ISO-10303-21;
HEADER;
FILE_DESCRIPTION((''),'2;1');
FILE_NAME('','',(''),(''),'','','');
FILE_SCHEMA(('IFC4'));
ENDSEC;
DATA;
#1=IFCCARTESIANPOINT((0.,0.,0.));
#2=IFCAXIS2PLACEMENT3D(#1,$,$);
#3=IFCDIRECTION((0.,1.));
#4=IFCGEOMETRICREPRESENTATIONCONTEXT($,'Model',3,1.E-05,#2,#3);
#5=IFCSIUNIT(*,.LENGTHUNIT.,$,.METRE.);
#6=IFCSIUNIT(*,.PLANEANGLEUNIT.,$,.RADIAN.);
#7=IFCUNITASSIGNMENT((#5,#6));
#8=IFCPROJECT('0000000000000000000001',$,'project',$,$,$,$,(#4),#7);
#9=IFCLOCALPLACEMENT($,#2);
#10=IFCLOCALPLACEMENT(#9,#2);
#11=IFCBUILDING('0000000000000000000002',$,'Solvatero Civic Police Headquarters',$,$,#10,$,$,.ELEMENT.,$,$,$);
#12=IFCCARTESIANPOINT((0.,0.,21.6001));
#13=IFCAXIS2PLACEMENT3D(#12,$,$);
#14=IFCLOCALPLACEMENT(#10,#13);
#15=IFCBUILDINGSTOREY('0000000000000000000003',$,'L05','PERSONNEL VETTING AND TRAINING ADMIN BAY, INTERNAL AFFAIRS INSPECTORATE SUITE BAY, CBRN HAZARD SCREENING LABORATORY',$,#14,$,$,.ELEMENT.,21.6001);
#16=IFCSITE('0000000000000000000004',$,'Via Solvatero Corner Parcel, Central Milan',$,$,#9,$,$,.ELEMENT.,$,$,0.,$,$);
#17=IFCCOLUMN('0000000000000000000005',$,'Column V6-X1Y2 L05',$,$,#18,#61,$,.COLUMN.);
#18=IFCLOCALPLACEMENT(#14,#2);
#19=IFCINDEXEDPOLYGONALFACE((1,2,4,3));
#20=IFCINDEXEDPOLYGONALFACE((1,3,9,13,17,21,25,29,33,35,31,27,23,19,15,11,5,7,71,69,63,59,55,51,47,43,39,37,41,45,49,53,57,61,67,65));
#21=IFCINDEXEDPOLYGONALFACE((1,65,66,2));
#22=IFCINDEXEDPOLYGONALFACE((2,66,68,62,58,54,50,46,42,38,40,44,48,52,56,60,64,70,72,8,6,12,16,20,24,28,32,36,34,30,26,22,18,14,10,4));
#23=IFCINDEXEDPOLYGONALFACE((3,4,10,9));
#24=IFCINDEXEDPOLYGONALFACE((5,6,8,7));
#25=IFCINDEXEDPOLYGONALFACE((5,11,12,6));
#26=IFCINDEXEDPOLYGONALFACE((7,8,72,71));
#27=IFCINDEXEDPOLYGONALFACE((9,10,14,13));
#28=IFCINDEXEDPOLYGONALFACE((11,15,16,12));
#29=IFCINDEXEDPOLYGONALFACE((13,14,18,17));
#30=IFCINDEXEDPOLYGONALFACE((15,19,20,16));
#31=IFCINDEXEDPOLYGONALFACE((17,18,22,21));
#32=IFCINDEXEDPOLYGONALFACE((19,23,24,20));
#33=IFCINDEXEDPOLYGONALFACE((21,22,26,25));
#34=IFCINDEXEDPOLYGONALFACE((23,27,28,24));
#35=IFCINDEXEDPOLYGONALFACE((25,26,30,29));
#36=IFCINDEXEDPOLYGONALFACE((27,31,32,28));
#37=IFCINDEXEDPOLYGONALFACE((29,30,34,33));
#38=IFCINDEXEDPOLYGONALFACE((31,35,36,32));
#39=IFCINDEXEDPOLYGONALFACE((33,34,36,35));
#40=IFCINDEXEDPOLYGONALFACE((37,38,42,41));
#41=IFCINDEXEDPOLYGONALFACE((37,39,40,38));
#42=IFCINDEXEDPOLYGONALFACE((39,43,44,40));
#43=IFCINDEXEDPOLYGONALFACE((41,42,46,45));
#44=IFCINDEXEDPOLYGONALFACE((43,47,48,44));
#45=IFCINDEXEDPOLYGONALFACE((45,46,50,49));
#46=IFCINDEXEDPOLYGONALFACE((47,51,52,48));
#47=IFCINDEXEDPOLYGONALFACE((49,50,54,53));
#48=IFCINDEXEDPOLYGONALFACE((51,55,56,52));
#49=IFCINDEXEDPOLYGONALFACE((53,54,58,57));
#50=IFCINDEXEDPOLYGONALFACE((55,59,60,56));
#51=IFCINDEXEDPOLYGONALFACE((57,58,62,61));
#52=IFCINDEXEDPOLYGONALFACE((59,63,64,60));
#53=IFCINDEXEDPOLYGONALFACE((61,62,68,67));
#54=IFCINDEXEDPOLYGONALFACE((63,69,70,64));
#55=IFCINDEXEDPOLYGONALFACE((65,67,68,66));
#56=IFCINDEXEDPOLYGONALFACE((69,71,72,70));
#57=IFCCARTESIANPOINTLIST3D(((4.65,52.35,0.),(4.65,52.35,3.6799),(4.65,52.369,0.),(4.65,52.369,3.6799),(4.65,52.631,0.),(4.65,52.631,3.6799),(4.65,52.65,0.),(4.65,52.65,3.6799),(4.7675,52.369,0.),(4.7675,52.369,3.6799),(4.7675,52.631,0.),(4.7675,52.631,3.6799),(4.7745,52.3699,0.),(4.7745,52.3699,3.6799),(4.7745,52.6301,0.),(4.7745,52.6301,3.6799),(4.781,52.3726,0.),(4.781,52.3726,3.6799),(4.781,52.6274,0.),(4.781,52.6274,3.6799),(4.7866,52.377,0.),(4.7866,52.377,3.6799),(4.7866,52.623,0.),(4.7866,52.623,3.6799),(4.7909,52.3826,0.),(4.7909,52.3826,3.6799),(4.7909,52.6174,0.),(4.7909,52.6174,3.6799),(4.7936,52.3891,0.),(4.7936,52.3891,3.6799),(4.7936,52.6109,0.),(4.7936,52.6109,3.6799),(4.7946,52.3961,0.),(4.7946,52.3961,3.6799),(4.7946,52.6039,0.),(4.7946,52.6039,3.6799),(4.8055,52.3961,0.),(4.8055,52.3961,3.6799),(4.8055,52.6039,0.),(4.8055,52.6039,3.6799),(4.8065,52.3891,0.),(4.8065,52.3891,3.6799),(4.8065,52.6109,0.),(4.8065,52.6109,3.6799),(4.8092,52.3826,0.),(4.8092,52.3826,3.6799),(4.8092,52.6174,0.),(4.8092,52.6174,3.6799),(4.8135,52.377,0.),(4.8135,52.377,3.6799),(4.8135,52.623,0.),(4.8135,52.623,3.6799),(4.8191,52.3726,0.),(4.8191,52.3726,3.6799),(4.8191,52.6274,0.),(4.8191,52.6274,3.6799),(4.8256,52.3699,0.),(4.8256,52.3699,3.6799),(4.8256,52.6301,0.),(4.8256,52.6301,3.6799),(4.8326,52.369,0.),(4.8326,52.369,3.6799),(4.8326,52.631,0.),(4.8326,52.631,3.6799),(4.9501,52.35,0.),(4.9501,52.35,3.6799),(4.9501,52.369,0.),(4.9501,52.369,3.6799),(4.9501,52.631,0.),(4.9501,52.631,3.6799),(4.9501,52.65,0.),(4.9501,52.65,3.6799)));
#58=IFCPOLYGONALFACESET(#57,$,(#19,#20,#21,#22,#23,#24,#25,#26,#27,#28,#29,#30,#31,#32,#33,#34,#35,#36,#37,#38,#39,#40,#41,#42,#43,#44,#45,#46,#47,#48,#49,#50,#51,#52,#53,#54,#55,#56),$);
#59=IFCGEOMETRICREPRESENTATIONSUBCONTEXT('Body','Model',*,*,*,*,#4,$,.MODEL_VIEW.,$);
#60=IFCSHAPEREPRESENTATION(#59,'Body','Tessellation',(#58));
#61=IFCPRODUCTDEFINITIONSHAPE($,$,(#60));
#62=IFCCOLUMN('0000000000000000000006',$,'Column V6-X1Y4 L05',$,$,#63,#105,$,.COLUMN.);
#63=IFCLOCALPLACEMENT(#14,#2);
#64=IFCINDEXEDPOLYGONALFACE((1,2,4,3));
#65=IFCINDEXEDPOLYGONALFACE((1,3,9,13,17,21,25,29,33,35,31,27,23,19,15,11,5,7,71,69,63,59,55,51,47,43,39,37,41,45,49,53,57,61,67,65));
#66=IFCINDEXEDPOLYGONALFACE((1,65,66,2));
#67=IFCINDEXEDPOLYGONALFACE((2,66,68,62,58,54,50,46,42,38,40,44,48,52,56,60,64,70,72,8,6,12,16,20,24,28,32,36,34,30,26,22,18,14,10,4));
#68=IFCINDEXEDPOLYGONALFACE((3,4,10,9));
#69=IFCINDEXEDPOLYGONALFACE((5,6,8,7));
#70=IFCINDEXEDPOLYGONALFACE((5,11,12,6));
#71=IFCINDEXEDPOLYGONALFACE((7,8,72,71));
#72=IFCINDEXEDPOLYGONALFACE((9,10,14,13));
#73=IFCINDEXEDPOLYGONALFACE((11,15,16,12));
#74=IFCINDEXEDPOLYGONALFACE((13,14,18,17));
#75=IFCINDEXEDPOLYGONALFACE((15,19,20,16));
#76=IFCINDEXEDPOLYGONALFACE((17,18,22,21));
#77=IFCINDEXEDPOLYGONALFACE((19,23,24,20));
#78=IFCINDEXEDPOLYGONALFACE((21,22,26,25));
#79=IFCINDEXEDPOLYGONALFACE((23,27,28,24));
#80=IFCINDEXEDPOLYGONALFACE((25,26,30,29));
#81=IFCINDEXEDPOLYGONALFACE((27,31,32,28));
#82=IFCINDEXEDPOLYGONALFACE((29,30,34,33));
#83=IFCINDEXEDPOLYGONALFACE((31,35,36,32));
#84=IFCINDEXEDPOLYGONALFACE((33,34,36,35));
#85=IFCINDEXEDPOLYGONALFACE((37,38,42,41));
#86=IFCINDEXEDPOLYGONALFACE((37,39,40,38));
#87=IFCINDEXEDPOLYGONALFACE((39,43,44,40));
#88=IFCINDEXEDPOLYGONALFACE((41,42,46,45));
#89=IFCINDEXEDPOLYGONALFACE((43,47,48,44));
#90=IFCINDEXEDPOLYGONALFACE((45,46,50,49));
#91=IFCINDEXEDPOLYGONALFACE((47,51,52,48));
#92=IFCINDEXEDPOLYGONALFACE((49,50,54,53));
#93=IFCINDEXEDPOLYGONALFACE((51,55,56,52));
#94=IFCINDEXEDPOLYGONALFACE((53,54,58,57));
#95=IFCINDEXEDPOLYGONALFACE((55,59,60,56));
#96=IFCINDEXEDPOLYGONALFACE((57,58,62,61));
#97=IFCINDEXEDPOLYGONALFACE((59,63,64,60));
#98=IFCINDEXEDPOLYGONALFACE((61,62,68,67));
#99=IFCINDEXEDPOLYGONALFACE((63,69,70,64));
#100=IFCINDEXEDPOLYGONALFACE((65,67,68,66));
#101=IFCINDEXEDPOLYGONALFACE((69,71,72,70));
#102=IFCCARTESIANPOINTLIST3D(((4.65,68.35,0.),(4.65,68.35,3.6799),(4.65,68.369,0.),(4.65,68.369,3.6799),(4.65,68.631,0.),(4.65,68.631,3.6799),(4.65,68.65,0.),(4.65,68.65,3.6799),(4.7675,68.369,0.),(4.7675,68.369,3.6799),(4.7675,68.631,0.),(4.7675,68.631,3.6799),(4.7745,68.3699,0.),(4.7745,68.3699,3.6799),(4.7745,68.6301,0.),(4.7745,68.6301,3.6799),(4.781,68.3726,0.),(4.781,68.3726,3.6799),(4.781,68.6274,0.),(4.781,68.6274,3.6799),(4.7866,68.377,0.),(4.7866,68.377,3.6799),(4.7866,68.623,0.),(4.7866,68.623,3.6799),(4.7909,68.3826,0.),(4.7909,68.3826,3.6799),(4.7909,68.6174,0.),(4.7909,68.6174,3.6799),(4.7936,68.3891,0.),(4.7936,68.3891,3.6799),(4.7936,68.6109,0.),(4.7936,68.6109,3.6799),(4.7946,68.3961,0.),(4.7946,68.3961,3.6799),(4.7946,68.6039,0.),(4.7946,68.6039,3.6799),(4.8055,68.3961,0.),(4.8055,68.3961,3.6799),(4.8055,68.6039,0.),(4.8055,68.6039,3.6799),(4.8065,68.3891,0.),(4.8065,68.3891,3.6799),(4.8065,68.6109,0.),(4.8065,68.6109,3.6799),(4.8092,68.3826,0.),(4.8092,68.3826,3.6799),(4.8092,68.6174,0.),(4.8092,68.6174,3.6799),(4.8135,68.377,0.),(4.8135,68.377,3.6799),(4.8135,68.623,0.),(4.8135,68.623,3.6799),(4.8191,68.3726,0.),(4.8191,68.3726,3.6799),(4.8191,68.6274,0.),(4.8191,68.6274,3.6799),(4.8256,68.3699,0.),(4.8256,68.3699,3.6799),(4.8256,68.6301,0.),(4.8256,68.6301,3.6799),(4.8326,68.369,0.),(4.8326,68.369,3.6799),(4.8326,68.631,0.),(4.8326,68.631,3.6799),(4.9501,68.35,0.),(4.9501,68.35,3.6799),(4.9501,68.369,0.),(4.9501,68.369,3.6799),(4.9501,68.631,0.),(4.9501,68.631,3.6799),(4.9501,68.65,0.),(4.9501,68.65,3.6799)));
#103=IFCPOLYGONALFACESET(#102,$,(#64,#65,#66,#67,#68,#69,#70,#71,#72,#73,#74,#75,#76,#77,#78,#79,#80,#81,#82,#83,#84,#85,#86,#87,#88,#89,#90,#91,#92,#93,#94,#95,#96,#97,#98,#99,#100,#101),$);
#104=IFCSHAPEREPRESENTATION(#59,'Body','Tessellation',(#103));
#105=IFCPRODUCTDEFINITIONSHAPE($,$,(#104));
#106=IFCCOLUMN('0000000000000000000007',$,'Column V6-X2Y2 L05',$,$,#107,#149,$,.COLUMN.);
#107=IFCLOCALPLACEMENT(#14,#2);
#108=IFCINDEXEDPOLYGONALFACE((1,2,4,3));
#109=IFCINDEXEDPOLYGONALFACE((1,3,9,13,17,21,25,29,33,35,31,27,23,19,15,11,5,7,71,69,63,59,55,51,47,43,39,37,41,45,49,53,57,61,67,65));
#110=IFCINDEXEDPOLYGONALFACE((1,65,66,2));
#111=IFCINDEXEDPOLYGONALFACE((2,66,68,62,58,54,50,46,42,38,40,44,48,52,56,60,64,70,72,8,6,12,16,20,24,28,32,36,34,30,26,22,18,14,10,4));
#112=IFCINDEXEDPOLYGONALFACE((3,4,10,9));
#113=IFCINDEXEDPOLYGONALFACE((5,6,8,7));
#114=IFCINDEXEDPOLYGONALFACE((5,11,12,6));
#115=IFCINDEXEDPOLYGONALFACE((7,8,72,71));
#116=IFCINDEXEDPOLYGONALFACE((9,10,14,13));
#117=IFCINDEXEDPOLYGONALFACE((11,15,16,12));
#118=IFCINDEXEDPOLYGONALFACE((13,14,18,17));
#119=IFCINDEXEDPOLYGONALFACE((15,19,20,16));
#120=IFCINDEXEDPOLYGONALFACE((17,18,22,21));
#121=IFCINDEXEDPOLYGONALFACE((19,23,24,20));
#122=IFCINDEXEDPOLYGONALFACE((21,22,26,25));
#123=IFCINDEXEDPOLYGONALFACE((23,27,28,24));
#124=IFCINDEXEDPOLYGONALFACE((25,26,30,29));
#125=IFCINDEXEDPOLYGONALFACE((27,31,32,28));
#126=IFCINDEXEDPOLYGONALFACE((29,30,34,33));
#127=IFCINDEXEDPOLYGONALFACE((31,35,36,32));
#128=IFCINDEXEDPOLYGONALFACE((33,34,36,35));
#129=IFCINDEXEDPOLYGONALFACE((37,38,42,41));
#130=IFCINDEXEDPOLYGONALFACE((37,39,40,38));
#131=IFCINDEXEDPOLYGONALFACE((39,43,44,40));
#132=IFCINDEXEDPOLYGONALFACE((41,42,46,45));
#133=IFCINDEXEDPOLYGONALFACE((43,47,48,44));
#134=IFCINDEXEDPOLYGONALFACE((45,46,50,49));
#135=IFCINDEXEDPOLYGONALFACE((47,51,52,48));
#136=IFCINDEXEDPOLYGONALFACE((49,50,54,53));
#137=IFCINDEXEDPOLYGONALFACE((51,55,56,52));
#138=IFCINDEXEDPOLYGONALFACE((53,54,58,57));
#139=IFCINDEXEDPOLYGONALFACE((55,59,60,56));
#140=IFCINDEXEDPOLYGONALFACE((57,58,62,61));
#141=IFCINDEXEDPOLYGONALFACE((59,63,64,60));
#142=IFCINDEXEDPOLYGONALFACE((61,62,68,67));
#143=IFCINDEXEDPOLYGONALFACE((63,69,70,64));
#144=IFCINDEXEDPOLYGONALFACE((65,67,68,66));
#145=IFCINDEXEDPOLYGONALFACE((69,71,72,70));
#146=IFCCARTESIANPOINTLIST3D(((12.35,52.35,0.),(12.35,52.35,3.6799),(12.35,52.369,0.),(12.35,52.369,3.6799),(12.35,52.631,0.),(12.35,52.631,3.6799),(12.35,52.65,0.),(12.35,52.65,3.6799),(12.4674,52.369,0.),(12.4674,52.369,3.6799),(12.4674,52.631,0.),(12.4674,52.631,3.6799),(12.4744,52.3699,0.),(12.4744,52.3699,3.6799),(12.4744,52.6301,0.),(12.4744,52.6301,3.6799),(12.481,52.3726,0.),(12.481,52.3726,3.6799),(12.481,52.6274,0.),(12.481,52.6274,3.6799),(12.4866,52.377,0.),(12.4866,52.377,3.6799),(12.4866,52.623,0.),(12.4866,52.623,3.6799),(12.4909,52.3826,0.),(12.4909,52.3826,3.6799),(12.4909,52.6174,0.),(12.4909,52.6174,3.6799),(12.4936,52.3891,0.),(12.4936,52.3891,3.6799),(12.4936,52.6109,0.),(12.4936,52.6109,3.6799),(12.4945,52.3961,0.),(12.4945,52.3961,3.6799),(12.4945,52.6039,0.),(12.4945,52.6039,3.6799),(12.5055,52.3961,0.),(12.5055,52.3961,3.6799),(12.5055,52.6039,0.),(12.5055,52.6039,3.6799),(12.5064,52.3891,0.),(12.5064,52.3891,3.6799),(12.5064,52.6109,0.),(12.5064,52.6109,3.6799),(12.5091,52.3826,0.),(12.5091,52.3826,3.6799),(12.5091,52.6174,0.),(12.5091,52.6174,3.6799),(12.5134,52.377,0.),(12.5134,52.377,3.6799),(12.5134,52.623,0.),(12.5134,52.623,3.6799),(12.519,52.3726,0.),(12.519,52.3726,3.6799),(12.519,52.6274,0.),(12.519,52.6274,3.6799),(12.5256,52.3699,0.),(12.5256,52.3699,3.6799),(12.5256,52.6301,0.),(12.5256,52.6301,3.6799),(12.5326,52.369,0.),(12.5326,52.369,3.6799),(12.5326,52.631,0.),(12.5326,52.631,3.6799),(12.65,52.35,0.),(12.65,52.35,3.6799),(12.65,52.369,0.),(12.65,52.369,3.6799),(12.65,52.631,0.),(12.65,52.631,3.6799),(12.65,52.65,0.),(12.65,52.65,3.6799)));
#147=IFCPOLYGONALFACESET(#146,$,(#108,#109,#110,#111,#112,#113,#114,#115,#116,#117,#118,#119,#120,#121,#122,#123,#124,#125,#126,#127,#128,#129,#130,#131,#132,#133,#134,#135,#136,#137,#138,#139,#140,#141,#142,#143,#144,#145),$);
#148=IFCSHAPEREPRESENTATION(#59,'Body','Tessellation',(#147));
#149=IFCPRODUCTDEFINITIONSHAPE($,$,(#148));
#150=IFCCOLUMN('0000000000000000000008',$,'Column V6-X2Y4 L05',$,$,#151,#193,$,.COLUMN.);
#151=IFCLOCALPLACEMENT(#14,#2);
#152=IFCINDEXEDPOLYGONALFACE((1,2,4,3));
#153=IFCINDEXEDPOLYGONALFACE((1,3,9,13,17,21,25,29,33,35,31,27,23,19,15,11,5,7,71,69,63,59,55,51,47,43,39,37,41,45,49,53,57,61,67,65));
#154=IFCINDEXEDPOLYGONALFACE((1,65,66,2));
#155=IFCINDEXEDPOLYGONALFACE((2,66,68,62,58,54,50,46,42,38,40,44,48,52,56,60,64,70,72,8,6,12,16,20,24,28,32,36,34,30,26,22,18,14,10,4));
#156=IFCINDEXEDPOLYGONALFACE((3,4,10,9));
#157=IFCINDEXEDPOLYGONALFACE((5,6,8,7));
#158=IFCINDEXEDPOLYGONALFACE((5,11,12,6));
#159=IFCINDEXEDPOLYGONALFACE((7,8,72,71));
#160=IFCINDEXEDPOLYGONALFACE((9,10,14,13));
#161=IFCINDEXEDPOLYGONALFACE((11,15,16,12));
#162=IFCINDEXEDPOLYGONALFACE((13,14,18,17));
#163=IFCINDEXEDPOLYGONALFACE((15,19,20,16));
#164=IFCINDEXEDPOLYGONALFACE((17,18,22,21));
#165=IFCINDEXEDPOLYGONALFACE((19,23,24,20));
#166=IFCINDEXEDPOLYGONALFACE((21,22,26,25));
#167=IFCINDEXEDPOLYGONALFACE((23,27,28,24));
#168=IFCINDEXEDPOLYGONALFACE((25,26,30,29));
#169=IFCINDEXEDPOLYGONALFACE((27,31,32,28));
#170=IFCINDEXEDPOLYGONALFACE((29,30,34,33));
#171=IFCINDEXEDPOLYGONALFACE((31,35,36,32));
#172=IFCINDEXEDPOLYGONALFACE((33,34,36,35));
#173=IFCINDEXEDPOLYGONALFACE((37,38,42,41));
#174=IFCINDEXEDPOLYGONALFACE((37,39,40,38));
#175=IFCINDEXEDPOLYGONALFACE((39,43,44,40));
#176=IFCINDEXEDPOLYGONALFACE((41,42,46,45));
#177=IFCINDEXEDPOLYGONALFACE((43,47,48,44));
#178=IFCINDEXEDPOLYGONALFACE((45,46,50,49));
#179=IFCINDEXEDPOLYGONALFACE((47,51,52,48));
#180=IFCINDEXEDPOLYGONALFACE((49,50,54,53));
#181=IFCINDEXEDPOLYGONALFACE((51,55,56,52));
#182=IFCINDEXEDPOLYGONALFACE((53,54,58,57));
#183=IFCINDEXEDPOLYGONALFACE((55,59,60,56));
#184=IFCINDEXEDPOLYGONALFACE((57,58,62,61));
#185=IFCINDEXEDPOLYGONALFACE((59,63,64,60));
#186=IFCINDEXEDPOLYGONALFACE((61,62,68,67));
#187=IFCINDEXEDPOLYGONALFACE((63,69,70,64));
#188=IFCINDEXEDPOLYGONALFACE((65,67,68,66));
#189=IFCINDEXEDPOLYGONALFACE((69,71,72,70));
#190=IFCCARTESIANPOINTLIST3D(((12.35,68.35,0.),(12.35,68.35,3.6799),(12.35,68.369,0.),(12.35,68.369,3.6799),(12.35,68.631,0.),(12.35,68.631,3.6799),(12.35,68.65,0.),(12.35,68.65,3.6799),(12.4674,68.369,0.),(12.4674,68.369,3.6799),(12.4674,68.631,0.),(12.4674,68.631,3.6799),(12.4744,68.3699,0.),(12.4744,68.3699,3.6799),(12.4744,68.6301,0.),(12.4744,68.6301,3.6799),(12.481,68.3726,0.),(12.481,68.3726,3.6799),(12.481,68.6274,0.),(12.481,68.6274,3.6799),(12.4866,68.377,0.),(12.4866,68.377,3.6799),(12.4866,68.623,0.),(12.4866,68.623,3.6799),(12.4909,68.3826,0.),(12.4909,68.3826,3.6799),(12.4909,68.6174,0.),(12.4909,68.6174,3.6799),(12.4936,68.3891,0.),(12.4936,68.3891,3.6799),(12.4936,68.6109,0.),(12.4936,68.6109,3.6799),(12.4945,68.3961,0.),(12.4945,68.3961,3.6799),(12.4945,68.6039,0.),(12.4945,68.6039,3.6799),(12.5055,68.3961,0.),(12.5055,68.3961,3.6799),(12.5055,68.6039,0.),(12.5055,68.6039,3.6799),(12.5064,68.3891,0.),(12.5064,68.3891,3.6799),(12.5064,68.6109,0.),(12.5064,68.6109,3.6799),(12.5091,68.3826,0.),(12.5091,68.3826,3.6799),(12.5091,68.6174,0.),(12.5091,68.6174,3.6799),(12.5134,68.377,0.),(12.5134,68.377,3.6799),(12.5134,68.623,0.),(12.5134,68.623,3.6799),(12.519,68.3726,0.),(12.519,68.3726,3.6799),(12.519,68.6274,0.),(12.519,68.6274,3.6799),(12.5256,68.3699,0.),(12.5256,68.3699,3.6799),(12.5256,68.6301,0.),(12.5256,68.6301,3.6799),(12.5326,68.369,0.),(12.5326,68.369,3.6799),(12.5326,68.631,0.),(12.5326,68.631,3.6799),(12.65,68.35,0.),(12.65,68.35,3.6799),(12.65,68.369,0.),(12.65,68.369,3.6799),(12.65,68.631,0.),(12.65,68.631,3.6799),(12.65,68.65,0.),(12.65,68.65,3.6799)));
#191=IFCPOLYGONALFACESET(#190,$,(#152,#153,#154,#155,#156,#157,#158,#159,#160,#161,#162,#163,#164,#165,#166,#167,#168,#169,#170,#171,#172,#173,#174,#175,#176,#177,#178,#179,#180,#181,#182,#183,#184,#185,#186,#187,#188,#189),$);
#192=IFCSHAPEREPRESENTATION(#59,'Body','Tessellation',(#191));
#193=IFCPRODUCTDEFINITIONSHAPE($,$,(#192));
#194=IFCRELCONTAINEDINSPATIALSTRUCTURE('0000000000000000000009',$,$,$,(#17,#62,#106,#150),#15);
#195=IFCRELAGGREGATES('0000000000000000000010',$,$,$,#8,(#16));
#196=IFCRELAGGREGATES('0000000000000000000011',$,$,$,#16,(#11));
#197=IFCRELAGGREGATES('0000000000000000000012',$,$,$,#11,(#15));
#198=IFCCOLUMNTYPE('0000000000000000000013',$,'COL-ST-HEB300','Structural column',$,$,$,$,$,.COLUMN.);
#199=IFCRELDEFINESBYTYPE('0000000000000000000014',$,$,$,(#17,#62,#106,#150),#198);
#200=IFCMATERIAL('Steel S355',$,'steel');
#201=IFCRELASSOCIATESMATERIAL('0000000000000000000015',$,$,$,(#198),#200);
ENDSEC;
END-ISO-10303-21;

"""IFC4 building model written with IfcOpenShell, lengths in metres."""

from ifc_helpers import new_model, si_unit, direction, frame, origin, origin_2d, place, context, subcontext, project, spatial, i_section, extrude, material, material_profile, profile_set, type_object, element, save


model = new_model("IFC4")

# Units and contexts
model_context = context("Model", 3, precision=1e-05, world=origin(), true_north=direction((0.0, 1.0)))
body_context = subcontext(model_context, "Body", "Model", "MODEL_VIEW")
ifc_project = project(units=[si_unit("LENGTHUNIT", "METRE"), si_unit("PLANEANGLEUNIT", "RADIAN")], contexts=[model_context])

# Site, building, storey
site_placement = place(None, origin())
site = spatial("IfcSite", under=ifc_project, at=site_placement, Name="Via Solvatero Corner Parcel, Central Milan", CompositionType="ELEMENT", RefElevation=0.0)
building_placement = place(site_placement, origin())
building = spatial("IfcBuilding", under=site, at=building_placement, Name="Solvatero Civic Police Headquarters", CompositionType="ELEMENT")
storey_placement = place(building_placement, frame((0.0, 0.0, 21.6001)))
storey = spatial("IfcBuildingStorey", under=building, at=storey_placement, Name="L05", Description="PERSONNEL VETTING AND TRAINING ADMIN BAY, INTERNAL AFFAIRS INSPECTORATE SUITE BAY, CBRN HAZARD SCREENING LABORATORY", CompositionType="ELEMENT", Elevation=21.6001)

# Columns
ifc_material_1 = material(Name="Steel S355", Category="steel")
ifc_material_profile_1 = material_profile(ifc_material_1, i_section(OverallWidth=0.3, OverallDepth=0.3, WebThickness=0.011, FlangeThickness=0.019, FilletRadius=0.0271, at=origin_2d()), Name="HEB 300")
ifc_profile_set_1 = profile_set([ifc_material_profile_1], Name="Steel S355")
column_type_1 = type_object("IfcColumnType", Name="COL-ST-HEB300", Description="Structural column", PredefinedType="COLUMN", material=ifc_profile_set_1)
for number, where, z_axis, x_axis, name in (
    (1, (4.8, 52.5, 0.0), (0.0, 0.0, 1.0), (1.0, 0.0, 0.0), "Column V6-X1Y2 L05"),
    (2, (4.8, 68.5, 0.0), (0.0, 0.0, 1.0), (1.0, 0.0, 0.0), "Column V6-X1Y4 L05"),
    (3, (12.5, 52.5, 0.0), (0.0, 0.0, 1.0), (1.0, 0.0, 0.0), "Column V6-X2Y2 L05"),
    (4, (12.5, 68.5, 0.0), (0.0, 0.0, 1.0), (1.0, 0.0, 0.0), "Column V6-X2Y4 L05"),
):
    element("IfcColumn", number, at=place(storey_placement, frame(where, z_axis=z_axis, x_axis=x_axis)), inside=storey, type_object=column_type_1, Name=name, PredefinedType="COLUMN", context=body_context, shape_type="SweptSolid", body=[
        extrude(i_section(OverallWidth=0.3, OverallDepth=0.3, WebThickness=0.011, FlangeThickness=0.019, FilletRadius=0.0271, at=origin_2d()), origin(), (0.0, 0.0, 1.0), 3.6799),
    ])

save(model, "model.ifc")
